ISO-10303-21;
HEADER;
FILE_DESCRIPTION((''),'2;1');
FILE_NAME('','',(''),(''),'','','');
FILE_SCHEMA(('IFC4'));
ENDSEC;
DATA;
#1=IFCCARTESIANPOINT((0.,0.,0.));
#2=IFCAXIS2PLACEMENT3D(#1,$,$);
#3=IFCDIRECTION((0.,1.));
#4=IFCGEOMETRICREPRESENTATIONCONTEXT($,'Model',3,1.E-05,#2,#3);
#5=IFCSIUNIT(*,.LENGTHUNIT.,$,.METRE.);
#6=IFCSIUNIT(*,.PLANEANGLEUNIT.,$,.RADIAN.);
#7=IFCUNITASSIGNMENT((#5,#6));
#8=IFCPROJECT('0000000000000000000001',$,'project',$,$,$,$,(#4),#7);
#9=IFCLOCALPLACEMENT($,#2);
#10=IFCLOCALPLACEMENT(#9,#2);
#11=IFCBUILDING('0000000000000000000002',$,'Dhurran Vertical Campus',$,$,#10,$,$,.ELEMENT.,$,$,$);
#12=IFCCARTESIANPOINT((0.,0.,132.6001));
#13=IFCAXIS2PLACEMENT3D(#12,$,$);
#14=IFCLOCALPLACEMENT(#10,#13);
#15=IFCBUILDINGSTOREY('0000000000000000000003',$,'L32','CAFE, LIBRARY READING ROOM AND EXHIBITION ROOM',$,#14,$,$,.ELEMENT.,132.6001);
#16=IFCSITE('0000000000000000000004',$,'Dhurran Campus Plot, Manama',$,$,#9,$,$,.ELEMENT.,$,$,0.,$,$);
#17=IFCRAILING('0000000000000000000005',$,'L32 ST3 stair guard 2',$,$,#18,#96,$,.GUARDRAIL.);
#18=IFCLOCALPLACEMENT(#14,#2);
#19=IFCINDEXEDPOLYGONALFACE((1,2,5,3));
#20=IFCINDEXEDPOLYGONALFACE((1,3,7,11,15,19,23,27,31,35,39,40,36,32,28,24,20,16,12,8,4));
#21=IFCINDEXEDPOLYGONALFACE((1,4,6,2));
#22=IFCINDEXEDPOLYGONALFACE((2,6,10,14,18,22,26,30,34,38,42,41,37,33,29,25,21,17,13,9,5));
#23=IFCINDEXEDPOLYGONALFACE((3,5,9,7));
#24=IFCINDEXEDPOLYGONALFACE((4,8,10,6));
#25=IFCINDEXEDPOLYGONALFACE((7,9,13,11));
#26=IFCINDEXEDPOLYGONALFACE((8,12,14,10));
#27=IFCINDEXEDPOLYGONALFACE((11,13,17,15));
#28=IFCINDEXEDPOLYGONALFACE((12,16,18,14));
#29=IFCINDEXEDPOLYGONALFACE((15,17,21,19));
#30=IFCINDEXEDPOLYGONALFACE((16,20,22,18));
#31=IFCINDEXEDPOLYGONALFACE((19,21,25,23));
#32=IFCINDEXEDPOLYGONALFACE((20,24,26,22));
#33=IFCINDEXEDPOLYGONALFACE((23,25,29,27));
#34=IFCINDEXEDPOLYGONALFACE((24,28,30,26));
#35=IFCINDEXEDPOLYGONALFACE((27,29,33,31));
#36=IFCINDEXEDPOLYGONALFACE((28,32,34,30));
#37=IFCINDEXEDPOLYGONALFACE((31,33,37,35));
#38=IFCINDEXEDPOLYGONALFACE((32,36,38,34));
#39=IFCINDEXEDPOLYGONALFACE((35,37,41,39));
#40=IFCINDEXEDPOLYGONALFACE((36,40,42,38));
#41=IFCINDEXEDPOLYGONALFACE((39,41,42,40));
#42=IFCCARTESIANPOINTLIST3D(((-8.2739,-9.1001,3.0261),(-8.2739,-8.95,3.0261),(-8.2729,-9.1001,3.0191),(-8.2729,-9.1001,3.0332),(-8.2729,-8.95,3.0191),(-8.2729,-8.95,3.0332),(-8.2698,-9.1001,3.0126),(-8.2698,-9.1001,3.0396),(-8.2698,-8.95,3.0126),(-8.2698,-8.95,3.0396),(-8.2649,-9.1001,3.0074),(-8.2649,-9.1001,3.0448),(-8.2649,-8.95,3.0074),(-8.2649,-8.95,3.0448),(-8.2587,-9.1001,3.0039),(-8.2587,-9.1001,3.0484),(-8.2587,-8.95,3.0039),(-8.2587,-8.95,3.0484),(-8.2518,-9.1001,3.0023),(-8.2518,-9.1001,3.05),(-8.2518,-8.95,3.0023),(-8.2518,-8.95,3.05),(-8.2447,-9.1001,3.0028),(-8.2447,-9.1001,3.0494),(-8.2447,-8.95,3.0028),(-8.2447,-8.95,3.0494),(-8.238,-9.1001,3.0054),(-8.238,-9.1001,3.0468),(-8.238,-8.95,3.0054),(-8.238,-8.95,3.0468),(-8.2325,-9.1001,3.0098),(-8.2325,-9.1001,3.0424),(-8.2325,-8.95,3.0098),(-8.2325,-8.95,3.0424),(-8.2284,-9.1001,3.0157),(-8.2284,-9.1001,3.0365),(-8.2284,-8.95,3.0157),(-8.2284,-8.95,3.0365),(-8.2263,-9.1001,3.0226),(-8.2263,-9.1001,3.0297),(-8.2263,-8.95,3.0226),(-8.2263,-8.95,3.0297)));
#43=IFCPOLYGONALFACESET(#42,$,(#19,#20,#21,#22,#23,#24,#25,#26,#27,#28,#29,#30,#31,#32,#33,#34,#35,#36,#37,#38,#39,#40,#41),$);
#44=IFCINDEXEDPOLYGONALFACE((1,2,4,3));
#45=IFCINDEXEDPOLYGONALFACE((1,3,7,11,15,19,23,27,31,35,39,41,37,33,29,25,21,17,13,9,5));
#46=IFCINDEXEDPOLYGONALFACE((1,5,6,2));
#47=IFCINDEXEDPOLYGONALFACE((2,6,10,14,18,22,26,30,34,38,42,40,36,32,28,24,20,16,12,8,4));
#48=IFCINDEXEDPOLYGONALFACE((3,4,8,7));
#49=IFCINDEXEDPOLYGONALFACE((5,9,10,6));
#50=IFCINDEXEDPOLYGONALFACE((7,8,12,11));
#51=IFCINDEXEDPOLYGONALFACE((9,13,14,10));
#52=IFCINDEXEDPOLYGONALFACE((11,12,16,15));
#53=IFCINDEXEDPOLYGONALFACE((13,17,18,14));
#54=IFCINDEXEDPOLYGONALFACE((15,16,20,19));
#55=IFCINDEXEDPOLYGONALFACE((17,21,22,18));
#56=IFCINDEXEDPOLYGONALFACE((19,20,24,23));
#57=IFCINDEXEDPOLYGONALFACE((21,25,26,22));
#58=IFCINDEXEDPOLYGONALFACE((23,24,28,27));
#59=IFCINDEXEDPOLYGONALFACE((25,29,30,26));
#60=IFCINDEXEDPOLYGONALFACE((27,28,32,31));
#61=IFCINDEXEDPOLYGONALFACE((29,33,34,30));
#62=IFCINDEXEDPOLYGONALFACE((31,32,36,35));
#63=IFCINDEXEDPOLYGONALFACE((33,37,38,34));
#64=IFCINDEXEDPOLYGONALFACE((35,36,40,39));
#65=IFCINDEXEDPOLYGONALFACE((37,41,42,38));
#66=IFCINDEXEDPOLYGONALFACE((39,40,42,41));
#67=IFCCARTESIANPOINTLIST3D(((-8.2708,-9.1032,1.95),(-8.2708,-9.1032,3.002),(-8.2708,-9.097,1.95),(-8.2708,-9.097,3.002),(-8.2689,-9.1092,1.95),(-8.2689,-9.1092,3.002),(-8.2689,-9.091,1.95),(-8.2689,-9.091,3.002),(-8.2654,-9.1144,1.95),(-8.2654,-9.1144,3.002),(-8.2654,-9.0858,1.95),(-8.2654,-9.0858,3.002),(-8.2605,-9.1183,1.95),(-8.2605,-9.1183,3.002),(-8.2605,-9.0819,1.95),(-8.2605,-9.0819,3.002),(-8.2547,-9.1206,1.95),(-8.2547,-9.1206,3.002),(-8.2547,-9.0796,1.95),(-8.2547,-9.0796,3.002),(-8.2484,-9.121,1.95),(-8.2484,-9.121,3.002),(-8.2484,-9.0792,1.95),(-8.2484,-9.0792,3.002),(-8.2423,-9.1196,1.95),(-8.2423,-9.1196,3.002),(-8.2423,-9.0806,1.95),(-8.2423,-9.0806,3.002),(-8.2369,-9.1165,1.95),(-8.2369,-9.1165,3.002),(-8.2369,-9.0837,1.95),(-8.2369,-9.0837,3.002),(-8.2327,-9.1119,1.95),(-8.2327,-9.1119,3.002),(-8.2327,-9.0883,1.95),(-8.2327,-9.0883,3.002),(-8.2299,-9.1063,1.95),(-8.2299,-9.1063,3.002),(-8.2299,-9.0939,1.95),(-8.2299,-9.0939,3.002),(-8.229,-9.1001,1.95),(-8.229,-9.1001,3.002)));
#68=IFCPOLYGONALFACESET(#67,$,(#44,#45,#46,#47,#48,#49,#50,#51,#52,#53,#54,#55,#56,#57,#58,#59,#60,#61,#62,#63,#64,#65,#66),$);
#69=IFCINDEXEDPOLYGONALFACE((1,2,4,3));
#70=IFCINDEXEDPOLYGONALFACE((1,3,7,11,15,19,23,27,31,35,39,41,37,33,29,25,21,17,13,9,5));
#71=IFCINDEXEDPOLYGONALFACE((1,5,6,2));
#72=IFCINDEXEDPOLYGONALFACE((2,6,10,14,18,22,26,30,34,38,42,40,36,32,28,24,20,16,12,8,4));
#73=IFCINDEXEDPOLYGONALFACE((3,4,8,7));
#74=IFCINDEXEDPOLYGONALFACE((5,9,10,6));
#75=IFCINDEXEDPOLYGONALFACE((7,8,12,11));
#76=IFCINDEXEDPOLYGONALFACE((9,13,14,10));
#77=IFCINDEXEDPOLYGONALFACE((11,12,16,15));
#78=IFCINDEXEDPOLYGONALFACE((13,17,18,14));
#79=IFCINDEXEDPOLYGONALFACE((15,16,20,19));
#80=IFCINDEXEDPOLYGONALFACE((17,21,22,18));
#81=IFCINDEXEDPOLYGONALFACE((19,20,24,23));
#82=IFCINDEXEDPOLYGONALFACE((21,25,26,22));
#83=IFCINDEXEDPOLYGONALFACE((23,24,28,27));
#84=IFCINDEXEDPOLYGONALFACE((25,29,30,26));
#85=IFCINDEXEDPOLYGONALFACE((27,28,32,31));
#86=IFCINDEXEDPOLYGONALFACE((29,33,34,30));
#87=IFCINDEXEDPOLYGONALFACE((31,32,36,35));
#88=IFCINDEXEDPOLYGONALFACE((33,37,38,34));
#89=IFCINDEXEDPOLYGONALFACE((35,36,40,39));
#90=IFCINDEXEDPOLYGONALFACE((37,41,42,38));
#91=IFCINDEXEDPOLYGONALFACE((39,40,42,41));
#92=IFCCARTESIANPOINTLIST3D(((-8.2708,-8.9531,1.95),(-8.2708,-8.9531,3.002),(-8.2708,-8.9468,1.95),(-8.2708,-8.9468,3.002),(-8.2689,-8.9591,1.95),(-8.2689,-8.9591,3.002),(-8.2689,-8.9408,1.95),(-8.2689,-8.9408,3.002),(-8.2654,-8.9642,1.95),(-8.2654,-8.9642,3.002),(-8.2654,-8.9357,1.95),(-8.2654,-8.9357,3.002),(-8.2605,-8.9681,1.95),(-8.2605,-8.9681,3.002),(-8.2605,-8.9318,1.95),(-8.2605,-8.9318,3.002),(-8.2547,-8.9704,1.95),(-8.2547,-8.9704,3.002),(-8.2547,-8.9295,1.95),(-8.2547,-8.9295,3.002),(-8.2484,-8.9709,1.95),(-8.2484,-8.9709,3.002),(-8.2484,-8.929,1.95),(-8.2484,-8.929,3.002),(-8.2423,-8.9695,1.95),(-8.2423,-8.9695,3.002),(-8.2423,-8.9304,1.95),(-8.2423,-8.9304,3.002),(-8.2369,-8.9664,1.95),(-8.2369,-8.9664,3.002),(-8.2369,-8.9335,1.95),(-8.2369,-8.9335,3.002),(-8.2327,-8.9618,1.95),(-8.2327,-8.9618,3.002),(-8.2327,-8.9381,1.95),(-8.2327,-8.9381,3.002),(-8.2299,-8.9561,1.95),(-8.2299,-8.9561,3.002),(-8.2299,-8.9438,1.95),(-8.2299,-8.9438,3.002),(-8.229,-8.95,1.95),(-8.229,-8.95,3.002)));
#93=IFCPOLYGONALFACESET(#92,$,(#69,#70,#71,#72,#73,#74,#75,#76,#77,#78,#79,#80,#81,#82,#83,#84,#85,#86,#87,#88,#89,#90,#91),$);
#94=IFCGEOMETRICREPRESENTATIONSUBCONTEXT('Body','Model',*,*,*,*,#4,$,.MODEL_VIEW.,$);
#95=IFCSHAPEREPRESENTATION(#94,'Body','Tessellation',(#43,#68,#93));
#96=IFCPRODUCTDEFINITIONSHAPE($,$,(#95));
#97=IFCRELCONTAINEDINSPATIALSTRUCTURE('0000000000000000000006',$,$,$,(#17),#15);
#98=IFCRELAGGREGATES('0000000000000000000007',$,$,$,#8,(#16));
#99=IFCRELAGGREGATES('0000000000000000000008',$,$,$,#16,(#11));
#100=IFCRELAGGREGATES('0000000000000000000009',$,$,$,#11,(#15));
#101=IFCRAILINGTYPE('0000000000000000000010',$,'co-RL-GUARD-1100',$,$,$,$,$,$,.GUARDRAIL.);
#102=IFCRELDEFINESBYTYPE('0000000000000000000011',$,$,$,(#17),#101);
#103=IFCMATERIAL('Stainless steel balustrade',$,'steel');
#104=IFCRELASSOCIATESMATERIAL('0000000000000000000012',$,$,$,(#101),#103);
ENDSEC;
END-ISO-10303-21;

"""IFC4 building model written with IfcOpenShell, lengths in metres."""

from ifc_helpers import new_model, si_unit, direction, frame, origin, origin_2d, place, context, subcontext, project, spatial, circle, extrude, material, type_object, element, save


model = new_model("IFC4")

# Units and contexts
model_context = context("Model", 3, precision=1e-05, world=origin(), true_north=direction((0.0, 1.0)))
body_context = subcontext(model_context, "Body", "Model", "MODEL_VIEW")
ifc_project = project(units=[si_unit("LENGTHUNIT", "METRE"), si_unit("PLANEANGLEUNIT", "RADIAN")], contexts=[model_context])

# Site, building, storey
site_placement = place(None, origin())
site = spatial("IfcSite", under=ifc_project, at=site_placement, Name="Dhurran Campus Plot, Manama", CompositionType="ELEMENT", RefElevation=0.0)
building_placement = place(site_placement, origin())
building = spatial("IfcBuilding", under=site, at=building_placement, Name="Dhurran Vertical Campus", CompositionType="ELEMENT")
storey_placement = place(building_placement, frame((0.0, 0.0, 132.6001)))
storey = spatial("IfcBuildingStorey", under=building, at=storey_placement, Name="L32", Description="CAFE, LIBRARY READING ROOM AND EXHIBITION ROOM", CompositionType="ELEMENT", Elevation=132.6001)

# Railing
ifc_material_1 = material(Name="Stainless steel balustrade", Category="steel")
railing_type_1 = type_object("IfcRailingType", Name="co-RL-GUARD-1100", PredefinedType="GUARDRAIL", material=ifc_material_1)
railing_1_placement = place(storey_placement, frame((-8.25, -9.1001, 1.95)))
element("IfcRailing", 1, at=railing_1_placement, inside=storey, type_object=railing_type_1, Name="L32 ST3 stair guard 2", PredefinedType="GUARDRAIL", context=body_context, shape_type="SweptSolid", body=[
    extrude(circle(Radius=0.0239, at=origin_2d()), frame((0.0, 0.0, 1.0762), z_axis=(0.0, 1.0, 0.0), x_axis=(-1.0, 0.0, 0.0)), (0.0, 0.0, 1.0), 0.1501),
    extrude(circle(Radius=0.021, at=origin_2d()), origin(), (0.0, 0.0, 1.0), 1.052),
    extrude(circle(Radius=0.021, at=origin_2d()), frame((0.0, 0.1501, 0.0)), (0.0, 0.0, 1.0), 1.052),
])

save(model, "model.ifc")
